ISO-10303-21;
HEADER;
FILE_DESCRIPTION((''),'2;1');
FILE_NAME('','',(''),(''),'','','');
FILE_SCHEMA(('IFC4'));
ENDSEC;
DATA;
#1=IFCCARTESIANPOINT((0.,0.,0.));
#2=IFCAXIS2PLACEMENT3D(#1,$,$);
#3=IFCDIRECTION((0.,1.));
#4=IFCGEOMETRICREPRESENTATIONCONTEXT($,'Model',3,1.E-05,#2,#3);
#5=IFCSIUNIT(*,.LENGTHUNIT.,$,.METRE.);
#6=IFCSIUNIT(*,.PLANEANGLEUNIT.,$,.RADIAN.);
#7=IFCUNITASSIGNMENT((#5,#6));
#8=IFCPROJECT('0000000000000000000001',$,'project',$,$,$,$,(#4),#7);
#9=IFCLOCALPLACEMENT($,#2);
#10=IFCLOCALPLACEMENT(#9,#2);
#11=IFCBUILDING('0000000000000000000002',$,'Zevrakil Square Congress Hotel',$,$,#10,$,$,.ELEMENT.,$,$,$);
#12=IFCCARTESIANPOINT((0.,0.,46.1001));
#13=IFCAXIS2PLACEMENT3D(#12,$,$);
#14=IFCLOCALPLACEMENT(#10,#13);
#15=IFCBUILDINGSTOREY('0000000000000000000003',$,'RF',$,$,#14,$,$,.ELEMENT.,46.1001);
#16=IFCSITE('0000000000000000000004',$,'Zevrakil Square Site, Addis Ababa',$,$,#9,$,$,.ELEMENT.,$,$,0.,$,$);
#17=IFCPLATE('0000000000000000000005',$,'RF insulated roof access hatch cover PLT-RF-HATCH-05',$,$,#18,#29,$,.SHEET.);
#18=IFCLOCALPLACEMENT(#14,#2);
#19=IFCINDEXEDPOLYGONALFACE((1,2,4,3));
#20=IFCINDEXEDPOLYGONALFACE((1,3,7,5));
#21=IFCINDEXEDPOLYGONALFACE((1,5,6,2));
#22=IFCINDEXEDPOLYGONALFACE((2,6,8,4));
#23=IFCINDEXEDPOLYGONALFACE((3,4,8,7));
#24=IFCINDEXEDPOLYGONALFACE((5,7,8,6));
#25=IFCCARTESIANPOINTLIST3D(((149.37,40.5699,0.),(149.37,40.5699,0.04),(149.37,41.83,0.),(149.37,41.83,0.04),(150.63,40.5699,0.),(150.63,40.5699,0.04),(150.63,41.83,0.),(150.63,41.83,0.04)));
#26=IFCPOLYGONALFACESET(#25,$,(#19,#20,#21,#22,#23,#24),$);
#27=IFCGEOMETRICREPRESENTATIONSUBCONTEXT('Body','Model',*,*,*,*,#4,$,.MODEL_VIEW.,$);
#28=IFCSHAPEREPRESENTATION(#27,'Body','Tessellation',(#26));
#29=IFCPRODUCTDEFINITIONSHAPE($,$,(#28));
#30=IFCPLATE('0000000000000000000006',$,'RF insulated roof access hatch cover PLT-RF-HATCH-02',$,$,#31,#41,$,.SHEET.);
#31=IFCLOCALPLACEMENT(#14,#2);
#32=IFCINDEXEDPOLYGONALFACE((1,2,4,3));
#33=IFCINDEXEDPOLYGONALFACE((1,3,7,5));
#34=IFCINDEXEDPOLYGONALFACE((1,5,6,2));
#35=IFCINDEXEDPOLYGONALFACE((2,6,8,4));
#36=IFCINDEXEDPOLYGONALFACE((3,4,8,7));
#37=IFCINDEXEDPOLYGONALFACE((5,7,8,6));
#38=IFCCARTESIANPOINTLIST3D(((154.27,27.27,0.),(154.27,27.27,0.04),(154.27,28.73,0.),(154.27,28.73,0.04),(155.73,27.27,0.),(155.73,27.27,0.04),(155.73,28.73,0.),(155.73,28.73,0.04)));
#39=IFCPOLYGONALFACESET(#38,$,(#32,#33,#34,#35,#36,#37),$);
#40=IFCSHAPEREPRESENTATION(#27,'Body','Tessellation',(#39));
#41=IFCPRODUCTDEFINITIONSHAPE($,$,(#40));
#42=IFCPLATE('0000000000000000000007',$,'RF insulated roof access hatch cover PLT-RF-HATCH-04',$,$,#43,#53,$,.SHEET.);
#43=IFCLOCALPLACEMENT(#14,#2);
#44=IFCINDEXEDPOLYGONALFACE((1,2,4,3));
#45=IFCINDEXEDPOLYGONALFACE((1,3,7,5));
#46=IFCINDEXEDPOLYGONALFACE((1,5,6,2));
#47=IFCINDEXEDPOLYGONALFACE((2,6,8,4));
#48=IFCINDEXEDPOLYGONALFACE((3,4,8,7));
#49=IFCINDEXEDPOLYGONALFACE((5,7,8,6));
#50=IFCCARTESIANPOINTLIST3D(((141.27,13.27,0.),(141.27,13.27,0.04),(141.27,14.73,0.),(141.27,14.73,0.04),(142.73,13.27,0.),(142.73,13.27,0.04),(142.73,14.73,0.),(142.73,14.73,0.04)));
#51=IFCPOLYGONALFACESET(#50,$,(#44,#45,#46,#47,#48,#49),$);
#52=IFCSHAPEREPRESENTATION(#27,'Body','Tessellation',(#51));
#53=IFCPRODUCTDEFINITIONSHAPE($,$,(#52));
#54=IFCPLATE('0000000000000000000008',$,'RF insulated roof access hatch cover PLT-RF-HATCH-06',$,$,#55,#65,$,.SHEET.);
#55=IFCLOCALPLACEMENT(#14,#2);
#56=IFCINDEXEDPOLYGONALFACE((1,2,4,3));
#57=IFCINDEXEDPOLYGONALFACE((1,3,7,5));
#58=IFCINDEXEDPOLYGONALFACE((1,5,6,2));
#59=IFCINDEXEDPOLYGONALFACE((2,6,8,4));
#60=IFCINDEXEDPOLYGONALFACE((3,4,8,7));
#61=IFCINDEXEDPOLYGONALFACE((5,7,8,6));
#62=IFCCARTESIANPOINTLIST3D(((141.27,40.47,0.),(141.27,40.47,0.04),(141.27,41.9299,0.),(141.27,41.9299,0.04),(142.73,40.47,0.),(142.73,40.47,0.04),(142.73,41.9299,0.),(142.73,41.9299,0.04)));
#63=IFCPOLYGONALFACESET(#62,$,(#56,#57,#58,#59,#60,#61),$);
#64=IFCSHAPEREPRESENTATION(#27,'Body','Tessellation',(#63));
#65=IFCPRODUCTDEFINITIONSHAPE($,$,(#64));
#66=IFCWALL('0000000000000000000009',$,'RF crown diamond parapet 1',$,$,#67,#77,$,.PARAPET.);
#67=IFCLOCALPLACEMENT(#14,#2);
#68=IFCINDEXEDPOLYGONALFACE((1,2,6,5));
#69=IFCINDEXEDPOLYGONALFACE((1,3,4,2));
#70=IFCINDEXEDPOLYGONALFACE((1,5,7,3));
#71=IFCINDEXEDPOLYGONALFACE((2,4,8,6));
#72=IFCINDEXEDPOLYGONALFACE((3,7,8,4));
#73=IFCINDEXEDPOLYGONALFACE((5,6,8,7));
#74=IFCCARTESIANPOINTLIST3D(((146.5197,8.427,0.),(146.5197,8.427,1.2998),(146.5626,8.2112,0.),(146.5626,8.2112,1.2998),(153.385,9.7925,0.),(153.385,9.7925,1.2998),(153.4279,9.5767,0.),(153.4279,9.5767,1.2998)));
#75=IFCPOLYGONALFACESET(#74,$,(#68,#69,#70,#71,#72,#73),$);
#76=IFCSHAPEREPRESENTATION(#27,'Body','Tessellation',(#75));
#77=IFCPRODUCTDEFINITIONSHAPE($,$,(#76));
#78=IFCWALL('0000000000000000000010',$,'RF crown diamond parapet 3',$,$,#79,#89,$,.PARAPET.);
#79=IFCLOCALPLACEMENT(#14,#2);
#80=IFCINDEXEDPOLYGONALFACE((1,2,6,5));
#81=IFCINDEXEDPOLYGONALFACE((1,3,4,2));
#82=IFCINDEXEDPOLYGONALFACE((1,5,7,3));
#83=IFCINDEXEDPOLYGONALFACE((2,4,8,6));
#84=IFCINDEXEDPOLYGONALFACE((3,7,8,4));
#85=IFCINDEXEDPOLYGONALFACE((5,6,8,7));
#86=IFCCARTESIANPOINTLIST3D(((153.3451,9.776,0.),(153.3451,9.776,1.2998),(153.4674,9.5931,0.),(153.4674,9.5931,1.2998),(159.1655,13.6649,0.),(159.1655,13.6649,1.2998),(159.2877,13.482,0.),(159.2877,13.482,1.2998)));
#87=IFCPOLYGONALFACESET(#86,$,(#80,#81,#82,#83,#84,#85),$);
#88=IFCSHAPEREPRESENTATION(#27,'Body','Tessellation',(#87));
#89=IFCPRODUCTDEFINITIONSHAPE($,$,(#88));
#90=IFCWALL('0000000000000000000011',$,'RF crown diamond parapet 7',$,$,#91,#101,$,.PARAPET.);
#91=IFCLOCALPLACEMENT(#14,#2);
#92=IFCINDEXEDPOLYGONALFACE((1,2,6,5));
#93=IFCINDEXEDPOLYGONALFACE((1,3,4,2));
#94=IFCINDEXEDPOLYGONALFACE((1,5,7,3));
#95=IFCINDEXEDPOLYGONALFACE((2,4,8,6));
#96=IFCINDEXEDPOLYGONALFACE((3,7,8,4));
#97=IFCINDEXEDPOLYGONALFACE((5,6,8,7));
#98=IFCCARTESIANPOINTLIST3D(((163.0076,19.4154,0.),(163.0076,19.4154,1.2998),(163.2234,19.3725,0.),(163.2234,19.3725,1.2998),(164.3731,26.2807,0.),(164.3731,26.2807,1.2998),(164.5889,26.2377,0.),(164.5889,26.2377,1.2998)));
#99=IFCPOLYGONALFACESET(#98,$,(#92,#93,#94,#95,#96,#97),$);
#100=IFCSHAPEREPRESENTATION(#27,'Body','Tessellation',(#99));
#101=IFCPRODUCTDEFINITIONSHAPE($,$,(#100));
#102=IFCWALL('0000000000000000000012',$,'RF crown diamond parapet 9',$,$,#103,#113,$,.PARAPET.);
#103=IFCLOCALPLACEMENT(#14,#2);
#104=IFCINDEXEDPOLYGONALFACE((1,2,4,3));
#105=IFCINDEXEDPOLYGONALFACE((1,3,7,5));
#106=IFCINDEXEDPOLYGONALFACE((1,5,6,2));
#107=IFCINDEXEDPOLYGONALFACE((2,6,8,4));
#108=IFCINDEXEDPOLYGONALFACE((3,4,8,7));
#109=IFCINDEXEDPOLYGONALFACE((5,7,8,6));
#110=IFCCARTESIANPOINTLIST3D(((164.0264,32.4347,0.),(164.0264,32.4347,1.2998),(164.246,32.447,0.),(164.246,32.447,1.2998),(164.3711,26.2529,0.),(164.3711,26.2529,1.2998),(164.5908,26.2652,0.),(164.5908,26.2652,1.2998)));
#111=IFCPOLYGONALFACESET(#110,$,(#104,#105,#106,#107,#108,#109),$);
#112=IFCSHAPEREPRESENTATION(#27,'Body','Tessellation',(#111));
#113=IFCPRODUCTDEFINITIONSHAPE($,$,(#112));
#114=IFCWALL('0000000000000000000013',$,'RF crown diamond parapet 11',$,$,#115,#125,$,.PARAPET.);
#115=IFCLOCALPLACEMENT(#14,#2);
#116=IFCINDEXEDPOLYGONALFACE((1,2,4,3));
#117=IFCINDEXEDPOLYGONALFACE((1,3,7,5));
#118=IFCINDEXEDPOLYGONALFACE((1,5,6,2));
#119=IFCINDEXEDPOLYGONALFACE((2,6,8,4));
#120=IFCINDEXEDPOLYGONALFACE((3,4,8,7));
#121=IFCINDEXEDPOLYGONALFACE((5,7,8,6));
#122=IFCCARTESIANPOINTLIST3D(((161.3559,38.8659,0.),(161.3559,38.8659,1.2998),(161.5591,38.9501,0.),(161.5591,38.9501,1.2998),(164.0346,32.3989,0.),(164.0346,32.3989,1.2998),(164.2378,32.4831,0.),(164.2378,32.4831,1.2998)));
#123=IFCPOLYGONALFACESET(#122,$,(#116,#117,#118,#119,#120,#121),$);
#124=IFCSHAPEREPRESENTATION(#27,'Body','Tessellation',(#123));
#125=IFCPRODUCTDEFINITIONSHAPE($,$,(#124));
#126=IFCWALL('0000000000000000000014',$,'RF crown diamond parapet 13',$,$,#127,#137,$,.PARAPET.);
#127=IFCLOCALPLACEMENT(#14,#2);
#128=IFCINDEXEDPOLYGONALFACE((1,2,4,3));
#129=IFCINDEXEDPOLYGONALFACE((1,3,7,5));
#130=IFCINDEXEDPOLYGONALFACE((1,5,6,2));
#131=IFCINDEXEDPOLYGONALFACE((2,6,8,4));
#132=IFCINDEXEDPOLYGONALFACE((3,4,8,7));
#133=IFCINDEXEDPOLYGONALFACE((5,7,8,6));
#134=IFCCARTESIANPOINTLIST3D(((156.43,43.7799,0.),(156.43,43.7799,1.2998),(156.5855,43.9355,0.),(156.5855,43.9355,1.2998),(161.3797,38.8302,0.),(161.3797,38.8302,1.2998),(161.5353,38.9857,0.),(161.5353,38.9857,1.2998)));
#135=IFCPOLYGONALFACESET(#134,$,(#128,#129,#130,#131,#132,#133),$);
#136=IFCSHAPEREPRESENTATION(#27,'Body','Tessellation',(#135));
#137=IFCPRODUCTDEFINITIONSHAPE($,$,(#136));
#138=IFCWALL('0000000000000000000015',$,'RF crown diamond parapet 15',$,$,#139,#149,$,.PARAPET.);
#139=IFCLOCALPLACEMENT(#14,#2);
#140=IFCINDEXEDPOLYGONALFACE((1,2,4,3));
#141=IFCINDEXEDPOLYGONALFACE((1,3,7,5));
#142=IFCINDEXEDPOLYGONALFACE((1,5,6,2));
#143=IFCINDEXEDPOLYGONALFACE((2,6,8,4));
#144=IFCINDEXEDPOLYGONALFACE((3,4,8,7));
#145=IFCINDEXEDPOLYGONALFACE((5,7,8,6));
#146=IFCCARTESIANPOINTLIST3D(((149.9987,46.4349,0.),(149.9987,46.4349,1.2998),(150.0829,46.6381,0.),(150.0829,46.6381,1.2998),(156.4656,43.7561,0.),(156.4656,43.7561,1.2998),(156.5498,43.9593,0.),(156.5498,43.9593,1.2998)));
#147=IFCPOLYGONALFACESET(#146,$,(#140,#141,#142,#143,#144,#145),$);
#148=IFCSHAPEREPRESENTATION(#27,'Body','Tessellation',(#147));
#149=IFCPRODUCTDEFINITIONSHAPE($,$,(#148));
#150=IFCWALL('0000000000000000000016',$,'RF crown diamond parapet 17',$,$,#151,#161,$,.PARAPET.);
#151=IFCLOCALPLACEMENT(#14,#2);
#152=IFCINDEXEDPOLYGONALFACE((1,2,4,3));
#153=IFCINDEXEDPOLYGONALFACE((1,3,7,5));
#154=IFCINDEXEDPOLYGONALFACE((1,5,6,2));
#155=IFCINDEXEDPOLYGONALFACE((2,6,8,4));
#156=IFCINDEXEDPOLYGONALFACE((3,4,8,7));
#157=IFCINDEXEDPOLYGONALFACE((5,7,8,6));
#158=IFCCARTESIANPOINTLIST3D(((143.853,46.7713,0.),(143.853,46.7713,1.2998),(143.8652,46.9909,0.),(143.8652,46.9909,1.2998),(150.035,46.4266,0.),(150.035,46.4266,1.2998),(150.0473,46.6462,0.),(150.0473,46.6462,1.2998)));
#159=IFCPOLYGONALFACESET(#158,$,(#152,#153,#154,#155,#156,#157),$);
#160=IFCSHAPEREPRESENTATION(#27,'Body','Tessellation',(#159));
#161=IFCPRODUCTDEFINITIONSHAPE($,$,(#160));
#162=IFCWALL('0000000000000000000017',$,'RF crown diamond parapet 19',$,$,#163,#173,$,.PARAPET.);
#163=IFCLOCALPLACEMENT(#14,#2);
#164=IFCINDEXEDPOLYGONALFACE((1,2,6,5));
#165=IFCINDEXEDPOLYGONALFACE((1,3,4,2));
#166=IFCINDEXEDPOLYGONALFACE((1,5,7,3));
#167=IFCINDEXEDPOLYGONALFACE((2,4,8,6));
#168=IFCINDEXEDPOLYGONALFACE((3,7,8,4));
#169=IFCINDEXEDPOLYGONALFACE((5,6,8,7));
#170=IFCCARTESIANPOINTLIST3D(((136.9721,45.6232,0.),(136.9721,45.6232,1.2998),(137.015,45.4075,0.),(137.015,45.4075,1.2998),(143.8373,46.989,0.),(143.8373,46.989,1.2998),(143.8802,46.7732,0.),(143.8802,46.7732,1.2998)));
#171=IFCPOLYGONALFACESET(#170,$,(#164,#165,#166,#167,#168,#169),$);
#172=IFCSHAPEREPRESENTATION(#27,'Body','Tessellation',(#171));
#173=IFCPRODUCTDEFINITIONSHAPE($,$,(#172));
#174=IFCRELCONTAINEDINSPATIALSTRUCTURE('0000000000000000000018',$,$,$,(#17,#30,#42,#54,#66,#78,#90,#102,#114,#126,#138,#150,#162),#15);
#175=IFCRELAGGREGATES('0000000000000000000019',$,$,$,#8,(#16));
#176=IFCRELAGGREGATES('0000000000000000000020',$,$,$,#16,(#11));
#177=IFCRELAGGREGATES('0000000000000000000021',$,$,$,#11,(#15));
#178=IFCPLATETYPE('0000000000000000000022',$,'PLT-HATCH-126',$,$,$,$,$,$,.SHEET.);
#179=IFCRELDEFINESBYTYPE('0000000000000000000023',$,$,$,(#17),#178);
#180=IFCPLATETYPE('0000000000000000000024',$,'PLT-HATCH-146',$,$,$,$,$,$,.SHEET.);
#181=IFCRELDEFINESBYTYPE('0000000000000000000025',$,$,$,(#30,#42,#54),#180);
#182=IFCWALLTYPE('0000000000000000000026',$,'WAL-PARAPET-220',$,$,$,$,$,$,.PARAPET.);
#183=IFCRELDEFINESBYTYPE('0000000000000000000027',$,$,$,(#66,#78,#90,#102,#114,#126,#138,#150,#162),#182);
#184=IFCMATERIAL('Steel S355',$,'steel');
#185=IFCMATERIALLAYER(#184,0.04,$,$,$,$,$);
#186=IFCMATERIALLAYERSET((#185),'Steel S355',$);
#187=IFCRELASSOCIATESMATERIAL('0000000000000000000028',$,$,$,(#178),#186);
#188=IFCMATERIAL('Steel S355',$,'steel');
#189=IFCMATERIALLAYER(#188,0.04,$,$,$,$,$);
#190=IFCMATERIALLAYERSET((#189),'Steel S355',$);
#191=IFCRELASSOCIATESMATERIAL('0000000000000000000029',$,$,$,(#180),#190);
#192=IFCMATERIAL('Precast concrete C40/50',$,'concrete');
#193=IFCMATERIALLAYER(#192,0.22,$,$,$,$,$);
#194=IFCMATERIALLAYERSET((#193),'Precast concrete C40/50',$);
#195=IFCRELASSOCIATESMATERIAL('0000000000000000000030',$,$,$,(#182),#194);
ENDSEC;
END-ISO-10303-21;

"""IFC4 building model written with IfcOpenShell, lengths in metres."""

from ifc_helpers import new_model, si_unit, direction, frame, frame_2d, origin, origin_2d, place, context, subcontext, project, spatial, rectangle, extrude, material, layer, layer_set, type_object, element, save


model = new_model("IFC4")

# Units and contexts
model_context = context("Model", 3, precision=1e-05, world=origin(), true_north=direction((0.0, 1.0)))
body_context = subcontext(model_context, "Body", "Model", "MODEL_VIEW")
ifc_project = project(units=[si_unit("LENGTHUNIT", "METRE"), si_unit("PLANEANGLEUNIT", "RADIAN")], contexts=[model_context])

# Site, building, storey
site_placement = place(None, origin())
site = spatial("IfcSite", under=ifc_project, at=site_placement, Name="Zevrakil Square Site, Addis Ababa", CompositionType="ELEMENT", RefElevation=0.0)
building_placement = place(site_placement, origin())
building = spatial("IfcBuilding", under=site, at=building_placement, Name="Zevrakil Square Congress Hotel", CompositionType="ELEMENT")
storey_placement = place(building_placement, frame((0.0, 0.0, 46.1001)))
storey = spatial("IfcBuildingStorey", under=building, at=storey_placement, Name="RF", CompositionType="ELEMENT", Elevation=46.1001)

# Plates
ifc_material_1 = material(Name="Steel S355", Category="steel")
ifc_layer_1 = layer(ifc_material_1, 0.04)
ifc_layer_set_1 = layer_set([ifc_layer_1], Name="Steel S355")
plate_type_1 = type_object("IfcPlateType", Name="PLT-HATCH-126", PredefinedType="SHEET", material=ifc_layer_set_1)
for number, where, z_axis, x_axis, name in (
    (1, (150.0, 41.2, 0.0), (0.0, 0.0, 1.0), (1.0, 0.0, 0.0), "RF insulated roof access hatch cover PLT-RF-HATCH-05"),
):
    element("IfcPlate", number, at=place(storey_placement, frame(where, z_axis=z_axis, x_axis=x_axis)), inside=storey, type_object=plate_type_1, Name=name, PredefinedType="SHEET", context=body_context, shape_type="SweptSolid", body=[
        extrude(rectangle(XDim=1.26, YDim=1.26, at=origin_2d()), origin(), (0.0, 0.0, 1.0), 0.04),
    ])
ifc_material_2 = material(Name="Steel S355", Category="steel")
ifc_layer_2 = layer(ifc_material_2, 0.04)
ifc_layer_set_2 = layer_set([ifc_layer_2], Name="Steel S355")
plate_type_2 = type_object("IfcPlateType", Name="PLT-HATCH-146", PredefinedType="SHEET", material=ifc_layer_set_2)
for number, where, z_axis, x_axis, name in (
    (2, (155.0, 28.0, 0.0), (0.0, 0.0, 1.0), (1.0, 0.0, 0.0), "RF insulated roof access hatch cover PLT-RF-HATCH-02"),
    (3, (142.0, 14.0, 0.0), (0.0, 0.0, 1.0), (1.0, 0.0, 0.0), "RF insulated roof access hatch cover PLT-RF-HATCH-04"),
    (4, (142.0, 41.2, 0.0), (0.0, 0.0, 1.0), (1.0, 0.0, 0.0), "RF insulated roof access hatch cover PLT-RF-HATCH-06"),
):
    element("IfcPlate", number, at=place(storey_placement, frame(where, z_axis=z_axis, x_axis=x_axis)), inside=storey, type_object=plate_type_2, Name=name, PredefinedType="SHEET", context=body_context, shape_type="SweptSolid", body=[
        extrude(rectangle(XDim=1.46, YDim=1.46, at=origin_2d()), origin(), (0.0, 0.0, 1.0), 0.04),
    ])

# Walls
ifc_material_3 = material(Name="Precast concrete C40/50", Category="concrete")
ifc_layer_3 = layer(ifc_material_3, 0.22)
ifc_layer_set_3 = layer_set([ifc_layer_3], Name="Precast concrete C40/50")
wall_type = type_object("IfcWallType", Name="WAL-PARAPET-220", PredefinedType="PARAPET", material=ifc_layer_set_3)
wall_1_placement = place(storey_placement, frame((146.541, 8.3191, 0.0), z_axis=(0.0, 0.0, 1.0), x_axis=(0.980788, 0.195076, 0.0)))
element("IfcWall", 5, at=wall_1_placement, inside=storey, type_object=wall_type, Name="RF crown diamond parapet 1", PredefinedType="PARAPET", context=body_context, shape_type="SweptSolid", body=[
    extrude(rectangle(XDim=6.9998, YDim=0.22, at=frame_2d((3.5, 0.0))), origin(), (0.0, 0.0, 1.0), 1.2998),
])
wall_2_placement = place(storey_placement, frame((153.4062, 9.6846, 0.0), z_axis=(0.0, 0.0, 1.0), x_axis=(0.831476, 0.555561, 0.0)))
element("IfcWall", 6, at=wall_2_placement, inside=storey, type_object=wall_type, Name="RF crown diamond parapet 3", PredefinedType="PARAPET", context=body_context, shape_type="SweptSolid", body=[
    extrude(rectangle(XDim=7.0, YDim=0.22, at=frame_2d((3.5, 0.0))), origin(), (0.0, 0.0, 1.0), 1.2998),
])
wall_3_placement = place(storey_placement, frame((163.1155, 19.3938, 0.0), z_axis=(0.0, 0.0, 1.0), x_axis=(0.195076, 0.980788, 0.0)))
element("IfcWall", 7, at=wall_3_placement, inside=storey, type_object=wall_type, Name="RF crown diamond parapet 7", PredefinedType="PARAPET", context=body_context, shape_type="SweptSolid", body=[
    extrude(rectangle(XDim=6.9998, YDim=0.22, at=frame_2d((3.5, 0.0))), origin(), (0.0, 0.0, 1.0), 1.2998),
])
wall_4_placement = place(storey_placement, frame((164.481, 26.259, 0.0), z_axis=(0.0, 0.0, 1.0), x_axis=(-0.055677, 0.998449, 0.0)))
element("IfcWall", 8, at=wall_4_placement, inside=storey, type_object=wall_type, Name="RF crown diamond parapet 9", PredefinedType="PARAPET", context=body_context, shape_type="SweptSolid", body=[
    extrude(rectangle(XDim=6.1914, YDim=0.22, at=frame_2d((3.0957, 0.0))), origin(), (0.0, 0.0, 1.0), 1.2998),
])
wall_5_placement = place(storey_placement, frame((164.1362, 32.4409, 0.0), z_axis=(0.0, 0.0, 1.0), x_axis=(-0.38268, 0.923881, 0.0)))
element("IfcWall", 9, at=wall_5_placement, inside=storey, type_object=wall_type, Name="RF crown diamond parapet 11", PredefinedType="PARAPET", context=body_context, shape_type="SweptSolid", body=[
    extrude(rectangle(XDim=6.9998, YDim=0.22, at=frame_2d((3.5, 0.0))), origin(), (0.0, 0.0, 1.0), 1.2998),
])
wall_6_placement = place(storey_placement, frame((161.4575, 38.908, 0.0), z_axis=(0.0, 0.0, 1.0), x_axis=(-0.707107, 0.707107, 0.0)))
element("IfcWall", 10, at=wall_6_placement, inside=storey, type_object=wall_type, Name="RF crown diamond parapet 13", PredefinedType="PARAPET", context=body_context, shape_type="SweptSolid", body=[
    extrude(rectangle(XDim=7.0, YDim=0.22, at=frame_2d((3.5, 0.0))), origin(), (0.0, 0.0, 1.0), 1.2998),
])
wall_7_placement = place(storey_placement, frame((156.5078, 43.8577, 0.0), z_axis=(0.0, 0.0, 1.0), x_axis=(-0.923876, 0.382693, 0.0)))
element("IfcWall", 11, at=wall_7_placement, inside=storey, type_object=wall_type, Name="RF crown diamond parapet 15", PredefinedType="PARAPET", context=body_context, shape_type="SweptSolid", body=[
    extrude(rectangle(XDim=6.9998, YDim=0.22, at=frame_2d((3.5, 0.0))), origin(), (0.0, 0.0, 1.0), 1.2998),
])
wall_8_placement = place(storey_placement, frame((150.041, 46.5364, 0.0), z_axis=(0.0, 0.0, 1.0), x_axis=(-0.998449, 0.055675, 0.0)))
element("IfcWall", 12, at=wall_8_placement, inside=storey, type_object=wall_type, Name="RF crown diamond parapet 17", PredefinedType="PARAPET", context=body_context, shape_type="SweptSolid", body=[
    extrude(rectangle(XDim=6.1917, YDim=0.22, at=frame_2d((3.0957, 0.0))), origin(), (0.0, 0.0, 1.0), 1.2998),
])
wall_9_placement = place(storey_placement, frame((143.8589, 46.8811, 0.0), z_axis=(0.0, 0.0, 1.0), x_axis=(-0.980781, -0.19511, 0.0)))
element("IfcWall", 13, at=wall_9_placement, inside=storey, type_object=wall_type, Name="RF crown diamond parapet 19", PredefinedType="PARAPET", context=body_context, shape_type="SweptSolid", body=[
    extrude(rectangle(XDim=6.9998, YDim=0.22, at=frame_2d((3.5, 0.0))), origin(), (0.0, 0.0, 1.0), 1.2998),
])

save(model, "model.ifc")
